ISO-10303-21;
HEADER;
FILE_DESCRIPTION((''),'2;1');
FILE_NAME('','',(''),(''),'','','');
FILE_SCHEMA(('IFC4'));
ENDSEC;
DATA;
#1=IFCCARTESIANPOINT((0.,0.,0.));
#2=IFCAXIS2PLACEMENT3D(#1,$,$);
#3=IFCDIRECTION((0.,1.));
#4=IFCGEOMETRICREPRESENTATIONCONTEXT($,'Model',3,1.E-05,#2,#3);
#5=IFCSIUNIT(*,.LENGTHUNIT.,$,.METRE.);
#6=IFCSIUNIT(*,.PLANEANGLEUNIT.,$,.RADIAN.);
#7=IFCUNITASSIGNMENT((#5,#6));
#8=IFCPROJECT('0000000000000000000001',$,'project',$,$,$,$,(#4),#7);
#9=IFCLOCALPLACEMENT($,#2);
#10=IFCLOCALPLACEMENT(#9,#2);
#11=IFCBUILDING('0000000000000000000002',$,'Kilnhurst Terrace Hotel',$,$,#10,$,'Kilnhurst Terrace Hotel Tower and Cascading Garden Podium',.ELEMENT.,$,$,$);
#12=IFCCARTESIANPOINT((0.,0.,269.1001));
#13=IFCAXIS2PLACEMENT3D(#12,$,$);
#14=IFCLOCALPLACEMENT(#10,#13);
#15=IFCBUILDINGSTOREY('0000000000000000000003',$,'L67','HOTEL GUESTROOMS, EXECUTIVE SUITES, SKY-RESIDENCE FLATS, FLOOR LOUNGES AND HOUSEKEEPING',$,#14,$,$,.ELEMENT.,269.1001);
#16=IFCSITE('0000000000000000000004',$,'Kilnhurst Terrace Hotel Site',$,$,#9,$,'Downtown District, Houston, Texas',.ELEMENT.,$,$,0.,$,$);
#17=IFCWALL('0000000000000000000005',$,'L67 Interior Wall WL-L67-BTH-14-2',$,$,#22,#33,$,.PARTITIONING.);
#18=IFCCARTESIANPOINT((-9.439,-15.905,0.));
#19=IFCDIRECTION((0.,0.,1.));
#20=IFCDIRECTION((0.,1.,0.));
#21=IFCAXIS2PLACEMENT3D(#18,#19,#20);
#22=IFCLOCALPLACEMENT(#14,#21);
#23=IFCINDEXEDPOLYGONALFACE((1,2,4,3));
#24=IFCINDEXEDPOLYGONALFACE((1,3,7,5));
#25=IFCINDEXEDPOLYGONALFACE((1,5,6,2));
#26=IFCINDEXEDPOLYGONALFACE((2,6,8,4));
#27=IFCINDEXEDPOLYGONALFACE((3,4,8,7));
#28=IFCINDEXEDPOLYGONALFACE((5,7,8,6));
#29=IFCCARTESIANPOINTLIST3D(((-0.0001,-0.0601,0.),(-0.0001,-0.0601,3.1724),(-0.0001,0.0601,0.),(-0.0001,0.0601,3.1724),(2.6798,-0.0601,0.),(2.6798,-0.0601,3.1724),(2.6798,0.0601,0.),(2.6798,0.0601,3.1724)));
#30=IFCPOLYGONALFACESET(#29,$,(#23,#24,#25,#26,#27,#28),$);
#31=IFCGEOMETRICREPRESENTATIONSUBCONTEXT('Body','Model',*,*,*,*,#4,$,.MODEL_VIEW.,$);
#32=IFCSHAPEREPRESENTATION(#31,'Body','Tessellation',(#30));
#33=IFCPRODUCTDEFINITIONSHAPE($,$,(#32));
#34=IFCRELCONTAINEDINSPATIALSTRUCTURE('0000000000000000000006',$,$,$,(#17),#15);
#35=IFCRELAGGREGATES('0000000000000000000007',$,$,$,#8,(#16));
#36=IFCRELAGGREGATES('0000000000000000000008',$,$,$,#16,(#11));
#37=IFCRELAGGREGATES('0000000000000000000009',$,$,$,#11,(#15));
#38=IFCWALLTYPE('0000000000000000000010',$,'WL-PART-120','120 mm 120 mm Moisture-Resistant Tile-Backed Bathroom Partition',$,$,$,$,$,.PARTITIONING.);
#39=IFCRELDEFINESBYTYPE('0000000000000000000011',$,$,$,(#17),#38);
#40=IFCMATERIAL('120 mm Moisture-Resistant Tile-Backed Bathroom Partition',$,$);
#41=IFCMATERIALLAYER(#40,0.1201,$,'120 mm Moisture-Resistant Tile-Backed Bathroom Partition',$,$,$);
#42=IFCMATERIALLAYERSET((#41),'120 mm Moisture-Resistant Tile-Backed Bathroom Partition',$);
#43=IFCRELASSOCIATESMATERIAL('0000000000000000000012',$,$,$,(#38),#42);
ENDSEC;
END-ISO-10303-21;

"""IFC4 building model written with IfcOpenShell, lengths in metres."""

from ifc_helpers import new_model, si_unit, direction, frame, frame_2d, origin, place, context, subcontext, project, spatial, rectangle, extrude, material, layer, layer_set, type_object, element, save


model = new_model("IFC4")

# Units and contexts
model_context = context("Model", 3, precision=1e-05, world=origin(), true_north=direction((0.0, 1.0)))
body_context = subcontext(model_context, "Body", "Model", "MODEL_VIEW")
ifc_project = project(units=[si_unit("LENGTHUNIT", "METRE"), si_unit("PLANEANGLEUNIT", "RADIAN")], contexts=[model_context])

# Site, building, storey
site_placement = place(None, origin())
site = spatial("IfcSite", under=ifc_project, at=site_placement, Name="Kilnhurst Terrace Hotel Site", LongName="Downtown District, Houston, Texas", CompositionType="ELEMENT", RefElevation=0.0)
building_placement = place(site_placement, origin())
building = spatial("IfcBuilding", under=site, at=building_placement, Name="Kilnhurst Terrace Hotel", LongName="Kilnhurst Terrace Hotel Tower and Cascading Garden Podium", CompositionType="ELEMENT")
storey_placement = place(building_placement, frame((0.0, 0.0, 269.1001)))
storey = spatial("IfcBuildingStorey", under=building, at=storey_placement, Name="L67", Description="HOTEL GUESTROOMS, EXECUTIVE SUITES, SKY-RESIDENCE FLATS, FLOOR LOUNGES AND HOUSEKEEPING", CompositionType="ELEMENT", Elevation=269.1001)

# Shared definitions
ifc_material_1 = material(Name="120 mm Moisture-Resistant Tile-Backed Bathroom Partition")
ifc_layer_1 = layer(ifc_material_1, 0.1201, Name="120 mm Moisture-Resistant Tile-Backed Bathroom Partition")
ifc_layer_set_1 = layer_set([ifc_layer_1], Name="120 mm Moisture-Resistant Tile-Backed Bathroom Partition")
wall_type_1 = type_object("IfcWallType", Name="WL-PART-120", Description="120 mm 120 mm Moisture-Resistant Tile-Backed Bathroom Partition", PredefinedType="PARTITIONING", material=ifc_layer_set_1)

# Wall
wall_1_placement = place(storey_placement, frame((-9.439, -15.905, 0.0), z_axis=(0.0, 0.0, 1.0), x_axis=(0.0, 1.0, 0.0)))
element("IfcWall", 1, at=wall_1_placement, inside=storey, type_object=wall_type_1, Name="L67 Interior Wall WL-L67-BTH-14-2", PredefinedType="PARTITIONING", context=body_context, shape_type="SweptSolid", body=[
    extrude(rectangle(XDim=2.6799, YDim=0.1201, at=frame_2d((1.3398, 0.0))), origin(), (0.0, 0.0, 1.0), 3.1724),
])

save(model, "model.ifc")
